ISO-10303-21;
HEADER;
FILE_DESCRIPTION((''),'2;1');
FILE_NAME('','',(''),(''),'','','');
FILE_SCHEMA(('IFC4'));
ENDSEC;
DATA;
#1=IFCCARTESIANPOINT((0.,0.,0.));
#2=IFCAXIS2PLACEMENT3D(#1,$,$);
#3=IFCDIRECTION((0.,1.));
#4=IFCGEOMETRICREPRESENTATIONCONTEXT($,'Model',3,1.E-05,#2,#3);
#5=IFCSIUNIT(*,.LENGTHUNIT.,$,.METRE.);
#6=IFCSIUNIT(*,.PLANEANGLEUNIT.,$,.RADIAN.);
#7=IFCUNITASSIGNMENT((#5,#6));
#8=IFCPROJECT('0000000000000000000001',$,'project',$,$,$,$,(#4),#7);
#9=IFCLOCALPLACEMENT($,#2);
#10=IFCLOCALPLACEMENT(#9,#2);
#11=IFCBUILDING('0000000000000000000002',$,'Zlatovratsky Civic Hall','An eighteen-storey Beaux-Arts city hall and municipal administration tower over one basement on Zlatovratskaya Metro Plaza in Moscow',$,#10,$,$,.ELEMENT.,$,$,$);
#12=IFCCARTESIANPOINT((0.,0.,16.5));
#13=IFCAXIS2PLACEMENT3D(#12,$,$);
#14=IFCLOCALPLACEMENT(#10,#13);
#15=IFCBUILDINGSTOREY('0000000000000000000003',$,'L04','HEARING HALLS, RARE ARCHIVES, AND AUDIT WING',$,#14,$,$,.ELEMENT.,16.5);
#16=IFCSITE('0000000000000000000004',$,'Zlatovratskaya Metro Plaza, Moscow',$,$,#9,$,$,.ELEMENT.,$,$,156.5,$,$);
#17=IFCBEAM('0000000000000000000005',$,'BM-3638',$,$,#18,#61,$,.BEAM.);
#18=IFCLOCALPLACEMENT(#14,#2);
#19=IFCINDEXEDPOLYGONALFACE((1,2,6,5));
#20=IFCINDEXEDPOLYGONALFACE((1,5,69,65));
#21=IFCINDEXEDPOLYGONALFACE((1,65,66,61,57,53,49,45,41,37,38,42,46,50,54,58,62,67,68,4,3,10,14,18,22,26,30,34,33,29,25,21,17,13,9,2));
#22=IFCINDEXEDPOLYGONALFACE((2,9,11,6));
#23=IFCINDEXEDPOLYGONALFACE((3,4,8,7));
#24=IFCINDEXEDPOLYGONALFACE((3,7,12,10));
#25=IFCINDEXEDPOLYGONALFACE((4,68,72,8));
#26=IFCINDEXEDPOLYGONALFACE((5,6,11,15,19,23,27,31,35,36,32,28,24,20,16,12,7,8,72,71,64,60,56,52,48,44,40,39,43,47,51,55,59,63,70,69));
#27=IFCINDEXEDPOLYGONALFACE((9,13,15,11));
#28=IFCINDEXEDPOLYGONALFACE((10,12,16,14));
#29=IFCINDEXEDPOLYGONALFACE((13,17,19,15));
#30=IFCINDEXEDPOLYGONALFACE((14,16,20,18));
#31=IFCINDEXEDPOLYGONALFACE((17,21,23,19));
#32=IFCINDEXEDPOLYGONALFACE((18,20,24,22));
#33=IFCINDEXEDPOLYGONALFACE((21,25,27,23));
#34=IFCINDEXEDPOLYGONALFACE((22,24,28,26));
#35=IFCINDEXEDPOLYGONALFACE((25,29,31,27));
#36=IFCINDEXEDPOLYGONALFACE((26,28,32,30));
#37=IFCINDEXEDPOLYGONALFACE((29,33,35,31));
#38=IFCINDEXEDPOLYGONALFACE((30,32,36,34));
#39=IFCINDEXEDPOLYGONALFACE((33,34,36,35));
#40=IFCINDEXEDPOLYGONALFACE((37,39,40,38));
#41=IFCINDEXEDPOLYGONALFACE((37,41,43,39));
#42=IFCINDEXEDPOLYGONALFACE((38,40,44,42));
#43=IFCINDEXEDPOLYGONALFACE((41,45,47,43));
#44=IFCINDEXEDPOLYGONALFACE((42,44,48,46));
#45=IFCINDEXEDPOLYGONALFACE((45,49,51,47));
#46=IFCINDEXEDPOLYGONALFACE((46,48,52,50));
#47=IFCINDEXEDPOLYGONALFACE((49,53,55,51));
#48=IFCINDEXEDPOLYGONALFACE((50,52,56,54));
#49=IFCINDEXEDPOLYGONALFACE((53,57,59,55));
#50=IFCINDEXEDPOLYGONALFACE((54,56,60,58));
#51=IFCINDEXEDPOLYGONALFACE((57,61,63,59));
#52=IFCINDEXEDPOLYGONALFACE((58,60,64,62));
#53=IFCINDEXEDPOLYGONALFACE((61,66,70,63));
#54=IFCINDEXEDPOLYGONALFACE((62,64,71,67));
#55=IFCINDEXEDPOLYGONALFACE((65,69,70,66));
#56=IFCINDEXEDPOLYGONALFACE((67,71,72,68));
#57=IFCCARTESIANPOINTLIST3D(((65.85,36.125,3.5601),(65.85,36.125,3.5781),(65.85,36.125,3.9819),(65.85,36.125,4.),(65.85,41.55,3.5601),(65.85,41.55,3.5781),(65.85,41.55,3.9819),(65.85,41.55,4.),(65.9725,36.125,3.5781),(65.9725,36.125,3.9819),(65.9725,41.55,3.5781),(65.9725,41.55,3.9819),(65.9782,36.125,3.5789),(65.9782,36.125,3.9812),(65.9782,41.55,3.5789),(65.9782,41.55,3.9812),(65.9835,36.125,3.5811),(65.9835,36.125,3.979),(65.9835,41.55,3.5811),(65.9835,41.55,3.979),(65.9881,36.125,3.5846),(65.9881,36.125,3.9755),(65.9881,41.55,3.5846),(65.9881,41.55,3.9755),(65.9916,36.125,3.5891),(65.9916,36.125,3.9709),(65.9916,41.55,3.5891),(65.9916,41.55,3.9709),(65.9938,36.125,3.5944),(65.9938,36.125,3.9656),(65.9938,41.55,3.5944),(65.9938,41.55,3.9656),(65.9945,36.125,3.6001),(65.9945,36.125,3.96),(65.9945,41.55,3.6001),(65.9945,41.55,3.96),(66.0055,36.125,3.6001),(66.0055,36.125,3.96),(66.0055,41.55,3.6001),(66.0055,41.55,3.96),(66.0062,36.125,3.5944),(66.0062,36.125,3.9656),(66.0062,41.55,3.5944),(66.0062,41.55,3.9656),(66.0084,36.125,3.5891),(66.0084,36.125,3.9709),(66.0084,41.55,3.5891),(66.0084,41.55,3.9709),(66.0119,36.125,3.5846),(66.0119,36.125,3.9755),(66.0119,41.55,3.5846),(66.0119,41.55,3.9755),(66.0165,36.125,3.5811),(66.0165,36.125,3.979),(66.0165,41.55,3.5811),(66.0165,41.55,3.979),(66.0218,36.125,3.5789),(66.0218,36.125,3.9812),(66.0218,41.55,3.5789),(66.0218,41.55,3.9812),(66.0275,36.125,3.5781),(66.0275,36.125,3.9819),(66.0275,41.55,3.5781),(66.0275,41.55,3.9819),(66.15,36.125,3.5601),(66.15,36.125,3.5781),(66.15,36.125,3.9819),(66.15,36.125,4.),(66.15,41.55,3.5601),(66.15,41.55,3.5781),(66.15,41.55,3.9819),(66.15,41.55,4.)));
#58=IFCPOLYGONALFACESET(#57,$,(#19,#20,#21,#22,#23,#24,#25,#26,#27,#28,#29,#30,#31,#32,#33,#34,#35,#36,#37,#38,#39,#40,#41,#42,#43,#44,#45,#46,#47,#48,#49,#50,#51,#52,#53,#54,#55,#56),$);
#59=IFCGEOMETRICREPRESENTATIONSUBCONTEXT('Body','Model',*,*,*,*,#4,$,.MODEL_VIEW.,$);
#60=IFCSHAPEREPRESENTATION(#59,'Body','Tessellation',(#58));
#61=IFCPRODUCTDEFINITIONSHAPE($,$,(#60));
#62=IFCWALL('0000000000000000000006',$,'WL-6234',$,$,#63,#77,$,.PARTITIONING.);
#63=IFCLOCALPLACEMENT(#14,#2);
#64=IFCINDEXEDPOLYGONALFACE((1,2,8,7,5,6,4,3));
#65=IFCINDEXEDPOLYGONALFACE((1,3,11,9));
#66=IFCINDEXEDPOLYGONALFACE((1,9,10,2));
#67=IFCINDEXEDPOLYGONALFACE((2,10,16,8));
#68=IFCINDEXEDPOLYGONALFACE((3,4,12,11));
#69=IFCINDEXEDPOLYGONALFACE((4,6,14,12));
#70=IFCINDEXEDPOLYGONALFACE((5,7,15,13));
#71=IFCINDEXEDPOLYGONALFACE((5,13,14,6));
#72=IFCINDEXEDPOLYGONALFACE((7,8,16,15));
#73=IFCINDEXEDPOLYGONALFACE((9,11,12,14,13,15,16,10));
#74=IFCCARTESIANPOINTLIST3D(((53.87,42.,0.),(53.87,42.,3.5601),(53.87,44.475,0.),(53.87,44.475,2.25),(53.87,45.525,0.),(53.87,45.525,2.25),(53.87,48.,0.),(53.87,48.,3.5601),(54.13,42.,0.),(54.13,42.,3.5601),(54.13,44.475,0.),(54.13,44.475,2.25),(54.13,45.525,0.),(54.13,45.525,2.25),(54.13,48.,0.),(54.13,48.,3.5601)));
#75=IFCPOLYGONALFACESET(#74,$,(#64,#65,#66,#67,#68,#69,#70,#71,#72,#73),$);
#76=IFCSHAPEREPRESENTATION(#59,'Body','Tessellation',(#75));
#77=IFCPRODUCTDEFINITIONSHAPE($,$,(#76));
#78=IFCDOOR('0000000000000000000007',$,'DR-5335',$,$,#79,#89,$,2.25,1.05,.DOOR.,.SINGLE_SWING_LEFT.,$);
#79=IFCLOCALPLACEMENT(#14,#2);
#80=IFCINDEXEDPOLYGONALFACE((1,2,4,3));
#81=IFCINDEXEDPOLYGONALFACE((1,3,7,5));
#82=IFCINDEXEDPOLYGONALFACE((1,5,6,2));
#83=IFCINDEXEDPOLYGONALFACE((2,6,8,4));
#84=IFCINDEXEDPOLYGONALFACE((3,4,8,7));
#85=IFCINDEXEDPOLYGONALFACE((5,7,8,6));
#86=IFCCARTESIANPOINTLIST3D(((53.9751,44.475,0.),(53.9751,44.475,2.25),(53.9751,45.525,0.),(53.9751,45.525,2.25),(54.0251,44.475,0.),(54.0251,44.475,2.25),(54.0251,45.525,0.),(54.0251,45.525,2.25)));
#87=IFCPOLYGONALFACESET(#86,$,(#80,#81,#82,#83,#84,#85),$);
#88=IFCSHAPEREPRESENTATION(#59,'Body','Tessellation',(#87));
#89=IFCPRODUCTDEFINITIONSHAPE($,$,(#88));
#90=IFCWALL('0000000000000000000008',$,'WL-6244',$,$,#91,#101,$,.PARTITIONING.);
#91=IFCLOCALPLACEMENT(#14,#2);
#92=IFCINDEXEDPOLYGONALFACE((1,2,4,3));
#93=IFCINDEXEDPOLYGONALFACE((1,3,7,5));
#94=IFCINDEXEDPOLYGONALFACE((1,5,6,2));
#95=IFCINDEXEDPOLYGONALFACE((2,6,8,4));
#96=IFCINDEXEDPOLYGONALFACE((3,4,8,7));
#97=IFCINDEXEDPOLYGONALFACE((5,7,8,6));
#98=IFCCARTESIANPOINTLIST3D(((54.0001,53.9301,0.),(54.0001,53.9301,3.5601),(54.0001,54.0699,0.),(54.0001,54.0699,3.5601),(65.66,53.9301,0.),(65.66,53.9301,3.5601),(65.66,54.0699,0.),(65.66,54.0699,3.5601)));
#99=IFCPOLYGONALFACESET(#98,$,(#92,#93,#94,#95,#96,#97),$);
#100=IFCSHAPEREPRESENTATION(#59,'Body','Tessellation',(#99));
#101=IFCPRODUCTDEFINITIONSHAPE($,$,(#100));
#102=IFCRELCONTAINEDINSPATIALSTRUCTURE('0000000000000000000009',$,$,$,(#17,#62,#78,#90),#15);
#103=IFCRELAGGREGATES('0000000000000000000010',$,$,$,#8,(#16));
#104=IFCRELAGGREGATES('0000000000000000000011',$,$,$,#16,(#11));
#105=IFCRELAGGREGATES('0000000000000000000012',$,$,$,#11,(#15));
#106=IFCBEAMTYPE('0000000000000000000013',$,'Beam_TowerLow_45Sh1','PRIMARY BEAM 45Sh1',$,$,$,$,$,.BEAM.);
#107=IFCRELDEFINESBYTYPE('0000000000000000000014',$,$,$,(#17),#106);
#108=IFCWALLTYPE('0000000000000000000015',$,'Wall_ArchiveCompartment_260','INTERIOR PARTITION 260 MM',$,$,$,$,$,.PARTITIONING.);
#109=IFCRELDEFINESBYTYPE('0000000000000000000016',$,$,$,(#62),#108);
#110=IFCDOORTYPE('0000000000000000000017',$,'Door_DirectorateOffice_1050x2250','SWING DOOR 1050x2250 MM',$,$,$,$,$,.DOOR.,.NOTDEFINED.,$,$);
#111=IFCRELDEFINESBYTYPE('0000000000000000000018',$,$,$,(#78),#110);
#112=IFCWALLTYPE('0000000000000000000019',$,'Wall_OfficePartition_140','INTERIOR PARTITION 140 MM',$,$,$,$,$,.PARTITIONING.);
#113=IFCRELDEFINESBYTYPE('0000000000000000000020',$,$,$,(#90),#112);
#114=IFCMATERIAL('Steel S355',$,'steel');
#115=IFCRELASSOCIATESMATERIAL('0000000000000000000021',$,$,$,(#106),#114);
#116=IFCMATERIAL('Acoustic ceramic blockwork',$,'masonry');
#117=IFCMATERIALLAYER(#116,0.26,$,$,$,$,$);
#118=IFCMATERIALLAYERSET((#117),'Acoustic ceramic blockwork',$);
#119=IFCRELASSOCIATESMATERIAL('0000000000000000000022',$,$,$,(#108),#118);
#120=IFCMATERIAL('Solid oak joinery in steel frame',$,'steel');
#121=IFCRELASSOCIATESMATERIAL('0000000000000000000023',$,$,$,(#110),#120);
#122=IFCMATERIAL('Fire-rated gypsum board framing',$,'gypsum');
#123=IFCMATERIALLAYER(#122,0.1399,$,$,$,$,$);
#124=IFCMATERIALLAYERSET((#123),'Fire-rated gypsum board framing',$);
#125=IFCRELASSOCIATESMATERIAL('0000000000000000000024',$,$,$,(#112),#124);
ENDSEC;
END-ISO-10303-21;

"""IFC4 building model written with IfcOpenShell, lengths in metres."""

from ifc_helpers import new_model, si_unit, direction, frame, frame_2d, origin, origin_2d, place, context, subcontext, project, spatial, rectangle, i_section, extrude, material, layer, layer_set, material_profile, profile_set, type_object, element, fill, save


model = new_model("IFC4")

# Units and contexts
model_context = context("Model", 3, precision=1e-05, world=origin(), true_north=direction((0.0, 1.0)))
body_context = subcontext(model_context, "Body", "Model", "MODEL_VIEW")
ifc_project = project(units=[si_unit("LENGTHUNIT", "METRE"), si_unit("PLANEANGLEUNIT", "RADIAN")], contexts=[model_context])

# Site, building, storey
site_placement = place(None, origin())
site = spatial("IfcSite", under=ifc_project, at=site_placement, Name="Zlatovratskaya Metro Plaza, Moscow", CompositionType="ELEMENT", RefElevation=156.5)
building_placement = place(site_placement, origin())
building = spatial("IfcBuilding", under=site, at=building_placement, Name="Zlatovratsky Civic Hall", Description="An eighteen-storey Beaux-Arts city hall and municipal administration tower over one basement on Zlatovratskaya Metro Plaza in Moscow", CompositionType="ELEMENT")
storey_placement = place(building_placement, frame((0.0, 0.0, 16.5)))
storey = spatial("IfcBuildingStorey", under=building, at=storey_placement, Name="L04", Description="HEARING HALLS, RARE ARCHIVES, AND AUDIT WING", CompositionType="ELEMENT", Elevation=16.5)

# Shared definitions
ifc_material_1 = material(Name="Steel S355", Category="steel")

# Beam
ifc_material_profile_1 = material_profile(ifc_material_1, i_section(OverallWidth=0.3, OverallDepth=0.4399, WebThickness=0.011, FlangeThickness=0.0181, FilletRadius=0.022, at=origin_2d()), Name="45Sh1")
ifc_profile_set_1 = profile_set([ifc_material_profile_1], Name="Steel S355")
beam_type = type_object("IfcBeamType", Name="Beam_TowerLow_45Sh1", Description="PRIMARY BEAM 45Sh1", PredefinedType="BEAM", material=ifc_profile_set_1)
beam_1_placement = place(storey_placement, frame((66.0, 36.125, 3.78), z_axis=(0.0, 1.0, 0.0), x_axis=(-1.0, 0.0, 0.0)))
element("IfcBeam", 1, at=beam_1_placement, inside=storey, type_object=beam_type, Name="BM-3638", PredefinedType="BEAM", context=body_context, shape_type="SweptSolid", body=[
    extrude(i_section(OverallWidth=0.3, OverallDepth=0.4399, WebThickness=0.011, FlangeThickness=0.0181, FilletRadius=0.022, at=origin_2d()), origin(), (0.0, 0.0, 1.0), 5.425),
])

# Wall, opening, door
ifc_material_2 = material(Name="Acoustic ceramic blockwork", Category="masonry")
ifc_layer_1 = layer(ifc_material_2, 0.26)
ifc_layer_set_1 = layer_set([ifc_layer_1], Name="Acoustic ceramic blockwork")
wall_type_1 = type_object("IfcWallType", Name="Wall_ArchiveCompartment_260", Description="INTERIOR PARTITION 260 MM", PredefinedType="PARTITIONING", material=ifc_layer_set_1)
wall_1_placement = place(storey_placement, frame((54.0, 42.0, 0.0), z_axis=(0.0, 0.0, 1.0), x_axis=(0.0, 1.0, 0.0)))
wall_1 = element("IfcWall", 2, at=wall_1_placement, inside=storey, type_object=wall_type_1, Name="WL-6234", PredefinedType="PARTITIONING", context=body_context, shape_type="SweptSolid", body=[
    extrude(rectangle(XDim=6.0, YDim=0.26, at=frame_2d((3.0, 0.0))), origin(), (0.0, 0.0, 1.0), 3.5601),
])
opening_placement = place(wall_1_placement, frame((2.4751, 0.0, 0.0)))
opening = element("IfcOpeningElement", 3, at=opening_placement, cuts=wall_1, PredefinedType="OPENING", context=body_context, shape_type="SweptSolid", body=[
    extrude(rectangle(XDim=1.05, YDim=2.25, at=frame_2d((0.5249, 1.125))), frame((0.0, 0.145, 0.0), z_axis=(0.0, -1.0, 0.0), x_axis=(1.0, 0.0, 0.0)), (0.0, 0.0, 1.0), 0.2898),
])
ifc_material_3 = material(Name="Solid oak joinery in steel frame", Category="steel")
door_type = type_object("IfcDoorType", Name="Door_DirectorateOffice_1050x2250", Description="SWING DOOR 1050x2250 MM", OperationType="NOTDEFINED", PredefinedType="DOOR", material=ifc_material_3)
door_placement = place(opening_placement, origin())
door = element("IfcDoor", 4, at=door_placement, inside=storey, type_object=door_type, Name="DR-5335", OperationType="SINGLE_SWING_LEFT", OverallHeight=2.25, OverallWidth=1.05, PredefinedType="DOOR", context=body_context, shape_type="SweptSolid", body=[
    extrude(rectangle(XDim=1.05, YDim=2.25, at=frame_2d((0.5249, 1.125))), frame((0.0, 0.0249, 0.0), z_axis=(0.0, -1.0, 0.0), x_axis=(1.0, 0.0, 0.0)), (0.0, 0.0, 1.0), 0.05),
])
fill(opening, door)

# Wall
ifc_material_4 = material(Name="Fire-rated gypsum board framing", Category="gypsum")
ifc_layer_2 = layer(ifc_material_4, 0.1399)
ifc_layer_set_2 = layer_set([ifc_layer_2], Name="Fire-rated gypsum board framing")
wall_type_2 = type_object("IfcWallType", Name="Wall_OfficePartition_140", Description="INTERIOR PARTITION 140 MM", PredefinedType="PARTITIONING", material=ifc_layer_set_2)
wall_2_placement = place(storey_placement, frame((54.0, 54.0, 0.0), z_axis=(0.0, 0.0, 1.0), x_axis=(1.0, 0.0, 0.0)))
element("IfcWall", 5, at=wall_2_placement, inside=storey, type_object=wall_type_2, Name="WL-6244", PredefinedType="PARTITIONING", context=body_context, shape_type="SweptSolid", body=[
    extrude(rectangle(XDim=11.6599, YDim=0.1399, at=frame_2d((5.8301, 0.0))), origin(), (0.0, 0.0, 1.0), 3.5601),
])

save(model, "model.ifc")
